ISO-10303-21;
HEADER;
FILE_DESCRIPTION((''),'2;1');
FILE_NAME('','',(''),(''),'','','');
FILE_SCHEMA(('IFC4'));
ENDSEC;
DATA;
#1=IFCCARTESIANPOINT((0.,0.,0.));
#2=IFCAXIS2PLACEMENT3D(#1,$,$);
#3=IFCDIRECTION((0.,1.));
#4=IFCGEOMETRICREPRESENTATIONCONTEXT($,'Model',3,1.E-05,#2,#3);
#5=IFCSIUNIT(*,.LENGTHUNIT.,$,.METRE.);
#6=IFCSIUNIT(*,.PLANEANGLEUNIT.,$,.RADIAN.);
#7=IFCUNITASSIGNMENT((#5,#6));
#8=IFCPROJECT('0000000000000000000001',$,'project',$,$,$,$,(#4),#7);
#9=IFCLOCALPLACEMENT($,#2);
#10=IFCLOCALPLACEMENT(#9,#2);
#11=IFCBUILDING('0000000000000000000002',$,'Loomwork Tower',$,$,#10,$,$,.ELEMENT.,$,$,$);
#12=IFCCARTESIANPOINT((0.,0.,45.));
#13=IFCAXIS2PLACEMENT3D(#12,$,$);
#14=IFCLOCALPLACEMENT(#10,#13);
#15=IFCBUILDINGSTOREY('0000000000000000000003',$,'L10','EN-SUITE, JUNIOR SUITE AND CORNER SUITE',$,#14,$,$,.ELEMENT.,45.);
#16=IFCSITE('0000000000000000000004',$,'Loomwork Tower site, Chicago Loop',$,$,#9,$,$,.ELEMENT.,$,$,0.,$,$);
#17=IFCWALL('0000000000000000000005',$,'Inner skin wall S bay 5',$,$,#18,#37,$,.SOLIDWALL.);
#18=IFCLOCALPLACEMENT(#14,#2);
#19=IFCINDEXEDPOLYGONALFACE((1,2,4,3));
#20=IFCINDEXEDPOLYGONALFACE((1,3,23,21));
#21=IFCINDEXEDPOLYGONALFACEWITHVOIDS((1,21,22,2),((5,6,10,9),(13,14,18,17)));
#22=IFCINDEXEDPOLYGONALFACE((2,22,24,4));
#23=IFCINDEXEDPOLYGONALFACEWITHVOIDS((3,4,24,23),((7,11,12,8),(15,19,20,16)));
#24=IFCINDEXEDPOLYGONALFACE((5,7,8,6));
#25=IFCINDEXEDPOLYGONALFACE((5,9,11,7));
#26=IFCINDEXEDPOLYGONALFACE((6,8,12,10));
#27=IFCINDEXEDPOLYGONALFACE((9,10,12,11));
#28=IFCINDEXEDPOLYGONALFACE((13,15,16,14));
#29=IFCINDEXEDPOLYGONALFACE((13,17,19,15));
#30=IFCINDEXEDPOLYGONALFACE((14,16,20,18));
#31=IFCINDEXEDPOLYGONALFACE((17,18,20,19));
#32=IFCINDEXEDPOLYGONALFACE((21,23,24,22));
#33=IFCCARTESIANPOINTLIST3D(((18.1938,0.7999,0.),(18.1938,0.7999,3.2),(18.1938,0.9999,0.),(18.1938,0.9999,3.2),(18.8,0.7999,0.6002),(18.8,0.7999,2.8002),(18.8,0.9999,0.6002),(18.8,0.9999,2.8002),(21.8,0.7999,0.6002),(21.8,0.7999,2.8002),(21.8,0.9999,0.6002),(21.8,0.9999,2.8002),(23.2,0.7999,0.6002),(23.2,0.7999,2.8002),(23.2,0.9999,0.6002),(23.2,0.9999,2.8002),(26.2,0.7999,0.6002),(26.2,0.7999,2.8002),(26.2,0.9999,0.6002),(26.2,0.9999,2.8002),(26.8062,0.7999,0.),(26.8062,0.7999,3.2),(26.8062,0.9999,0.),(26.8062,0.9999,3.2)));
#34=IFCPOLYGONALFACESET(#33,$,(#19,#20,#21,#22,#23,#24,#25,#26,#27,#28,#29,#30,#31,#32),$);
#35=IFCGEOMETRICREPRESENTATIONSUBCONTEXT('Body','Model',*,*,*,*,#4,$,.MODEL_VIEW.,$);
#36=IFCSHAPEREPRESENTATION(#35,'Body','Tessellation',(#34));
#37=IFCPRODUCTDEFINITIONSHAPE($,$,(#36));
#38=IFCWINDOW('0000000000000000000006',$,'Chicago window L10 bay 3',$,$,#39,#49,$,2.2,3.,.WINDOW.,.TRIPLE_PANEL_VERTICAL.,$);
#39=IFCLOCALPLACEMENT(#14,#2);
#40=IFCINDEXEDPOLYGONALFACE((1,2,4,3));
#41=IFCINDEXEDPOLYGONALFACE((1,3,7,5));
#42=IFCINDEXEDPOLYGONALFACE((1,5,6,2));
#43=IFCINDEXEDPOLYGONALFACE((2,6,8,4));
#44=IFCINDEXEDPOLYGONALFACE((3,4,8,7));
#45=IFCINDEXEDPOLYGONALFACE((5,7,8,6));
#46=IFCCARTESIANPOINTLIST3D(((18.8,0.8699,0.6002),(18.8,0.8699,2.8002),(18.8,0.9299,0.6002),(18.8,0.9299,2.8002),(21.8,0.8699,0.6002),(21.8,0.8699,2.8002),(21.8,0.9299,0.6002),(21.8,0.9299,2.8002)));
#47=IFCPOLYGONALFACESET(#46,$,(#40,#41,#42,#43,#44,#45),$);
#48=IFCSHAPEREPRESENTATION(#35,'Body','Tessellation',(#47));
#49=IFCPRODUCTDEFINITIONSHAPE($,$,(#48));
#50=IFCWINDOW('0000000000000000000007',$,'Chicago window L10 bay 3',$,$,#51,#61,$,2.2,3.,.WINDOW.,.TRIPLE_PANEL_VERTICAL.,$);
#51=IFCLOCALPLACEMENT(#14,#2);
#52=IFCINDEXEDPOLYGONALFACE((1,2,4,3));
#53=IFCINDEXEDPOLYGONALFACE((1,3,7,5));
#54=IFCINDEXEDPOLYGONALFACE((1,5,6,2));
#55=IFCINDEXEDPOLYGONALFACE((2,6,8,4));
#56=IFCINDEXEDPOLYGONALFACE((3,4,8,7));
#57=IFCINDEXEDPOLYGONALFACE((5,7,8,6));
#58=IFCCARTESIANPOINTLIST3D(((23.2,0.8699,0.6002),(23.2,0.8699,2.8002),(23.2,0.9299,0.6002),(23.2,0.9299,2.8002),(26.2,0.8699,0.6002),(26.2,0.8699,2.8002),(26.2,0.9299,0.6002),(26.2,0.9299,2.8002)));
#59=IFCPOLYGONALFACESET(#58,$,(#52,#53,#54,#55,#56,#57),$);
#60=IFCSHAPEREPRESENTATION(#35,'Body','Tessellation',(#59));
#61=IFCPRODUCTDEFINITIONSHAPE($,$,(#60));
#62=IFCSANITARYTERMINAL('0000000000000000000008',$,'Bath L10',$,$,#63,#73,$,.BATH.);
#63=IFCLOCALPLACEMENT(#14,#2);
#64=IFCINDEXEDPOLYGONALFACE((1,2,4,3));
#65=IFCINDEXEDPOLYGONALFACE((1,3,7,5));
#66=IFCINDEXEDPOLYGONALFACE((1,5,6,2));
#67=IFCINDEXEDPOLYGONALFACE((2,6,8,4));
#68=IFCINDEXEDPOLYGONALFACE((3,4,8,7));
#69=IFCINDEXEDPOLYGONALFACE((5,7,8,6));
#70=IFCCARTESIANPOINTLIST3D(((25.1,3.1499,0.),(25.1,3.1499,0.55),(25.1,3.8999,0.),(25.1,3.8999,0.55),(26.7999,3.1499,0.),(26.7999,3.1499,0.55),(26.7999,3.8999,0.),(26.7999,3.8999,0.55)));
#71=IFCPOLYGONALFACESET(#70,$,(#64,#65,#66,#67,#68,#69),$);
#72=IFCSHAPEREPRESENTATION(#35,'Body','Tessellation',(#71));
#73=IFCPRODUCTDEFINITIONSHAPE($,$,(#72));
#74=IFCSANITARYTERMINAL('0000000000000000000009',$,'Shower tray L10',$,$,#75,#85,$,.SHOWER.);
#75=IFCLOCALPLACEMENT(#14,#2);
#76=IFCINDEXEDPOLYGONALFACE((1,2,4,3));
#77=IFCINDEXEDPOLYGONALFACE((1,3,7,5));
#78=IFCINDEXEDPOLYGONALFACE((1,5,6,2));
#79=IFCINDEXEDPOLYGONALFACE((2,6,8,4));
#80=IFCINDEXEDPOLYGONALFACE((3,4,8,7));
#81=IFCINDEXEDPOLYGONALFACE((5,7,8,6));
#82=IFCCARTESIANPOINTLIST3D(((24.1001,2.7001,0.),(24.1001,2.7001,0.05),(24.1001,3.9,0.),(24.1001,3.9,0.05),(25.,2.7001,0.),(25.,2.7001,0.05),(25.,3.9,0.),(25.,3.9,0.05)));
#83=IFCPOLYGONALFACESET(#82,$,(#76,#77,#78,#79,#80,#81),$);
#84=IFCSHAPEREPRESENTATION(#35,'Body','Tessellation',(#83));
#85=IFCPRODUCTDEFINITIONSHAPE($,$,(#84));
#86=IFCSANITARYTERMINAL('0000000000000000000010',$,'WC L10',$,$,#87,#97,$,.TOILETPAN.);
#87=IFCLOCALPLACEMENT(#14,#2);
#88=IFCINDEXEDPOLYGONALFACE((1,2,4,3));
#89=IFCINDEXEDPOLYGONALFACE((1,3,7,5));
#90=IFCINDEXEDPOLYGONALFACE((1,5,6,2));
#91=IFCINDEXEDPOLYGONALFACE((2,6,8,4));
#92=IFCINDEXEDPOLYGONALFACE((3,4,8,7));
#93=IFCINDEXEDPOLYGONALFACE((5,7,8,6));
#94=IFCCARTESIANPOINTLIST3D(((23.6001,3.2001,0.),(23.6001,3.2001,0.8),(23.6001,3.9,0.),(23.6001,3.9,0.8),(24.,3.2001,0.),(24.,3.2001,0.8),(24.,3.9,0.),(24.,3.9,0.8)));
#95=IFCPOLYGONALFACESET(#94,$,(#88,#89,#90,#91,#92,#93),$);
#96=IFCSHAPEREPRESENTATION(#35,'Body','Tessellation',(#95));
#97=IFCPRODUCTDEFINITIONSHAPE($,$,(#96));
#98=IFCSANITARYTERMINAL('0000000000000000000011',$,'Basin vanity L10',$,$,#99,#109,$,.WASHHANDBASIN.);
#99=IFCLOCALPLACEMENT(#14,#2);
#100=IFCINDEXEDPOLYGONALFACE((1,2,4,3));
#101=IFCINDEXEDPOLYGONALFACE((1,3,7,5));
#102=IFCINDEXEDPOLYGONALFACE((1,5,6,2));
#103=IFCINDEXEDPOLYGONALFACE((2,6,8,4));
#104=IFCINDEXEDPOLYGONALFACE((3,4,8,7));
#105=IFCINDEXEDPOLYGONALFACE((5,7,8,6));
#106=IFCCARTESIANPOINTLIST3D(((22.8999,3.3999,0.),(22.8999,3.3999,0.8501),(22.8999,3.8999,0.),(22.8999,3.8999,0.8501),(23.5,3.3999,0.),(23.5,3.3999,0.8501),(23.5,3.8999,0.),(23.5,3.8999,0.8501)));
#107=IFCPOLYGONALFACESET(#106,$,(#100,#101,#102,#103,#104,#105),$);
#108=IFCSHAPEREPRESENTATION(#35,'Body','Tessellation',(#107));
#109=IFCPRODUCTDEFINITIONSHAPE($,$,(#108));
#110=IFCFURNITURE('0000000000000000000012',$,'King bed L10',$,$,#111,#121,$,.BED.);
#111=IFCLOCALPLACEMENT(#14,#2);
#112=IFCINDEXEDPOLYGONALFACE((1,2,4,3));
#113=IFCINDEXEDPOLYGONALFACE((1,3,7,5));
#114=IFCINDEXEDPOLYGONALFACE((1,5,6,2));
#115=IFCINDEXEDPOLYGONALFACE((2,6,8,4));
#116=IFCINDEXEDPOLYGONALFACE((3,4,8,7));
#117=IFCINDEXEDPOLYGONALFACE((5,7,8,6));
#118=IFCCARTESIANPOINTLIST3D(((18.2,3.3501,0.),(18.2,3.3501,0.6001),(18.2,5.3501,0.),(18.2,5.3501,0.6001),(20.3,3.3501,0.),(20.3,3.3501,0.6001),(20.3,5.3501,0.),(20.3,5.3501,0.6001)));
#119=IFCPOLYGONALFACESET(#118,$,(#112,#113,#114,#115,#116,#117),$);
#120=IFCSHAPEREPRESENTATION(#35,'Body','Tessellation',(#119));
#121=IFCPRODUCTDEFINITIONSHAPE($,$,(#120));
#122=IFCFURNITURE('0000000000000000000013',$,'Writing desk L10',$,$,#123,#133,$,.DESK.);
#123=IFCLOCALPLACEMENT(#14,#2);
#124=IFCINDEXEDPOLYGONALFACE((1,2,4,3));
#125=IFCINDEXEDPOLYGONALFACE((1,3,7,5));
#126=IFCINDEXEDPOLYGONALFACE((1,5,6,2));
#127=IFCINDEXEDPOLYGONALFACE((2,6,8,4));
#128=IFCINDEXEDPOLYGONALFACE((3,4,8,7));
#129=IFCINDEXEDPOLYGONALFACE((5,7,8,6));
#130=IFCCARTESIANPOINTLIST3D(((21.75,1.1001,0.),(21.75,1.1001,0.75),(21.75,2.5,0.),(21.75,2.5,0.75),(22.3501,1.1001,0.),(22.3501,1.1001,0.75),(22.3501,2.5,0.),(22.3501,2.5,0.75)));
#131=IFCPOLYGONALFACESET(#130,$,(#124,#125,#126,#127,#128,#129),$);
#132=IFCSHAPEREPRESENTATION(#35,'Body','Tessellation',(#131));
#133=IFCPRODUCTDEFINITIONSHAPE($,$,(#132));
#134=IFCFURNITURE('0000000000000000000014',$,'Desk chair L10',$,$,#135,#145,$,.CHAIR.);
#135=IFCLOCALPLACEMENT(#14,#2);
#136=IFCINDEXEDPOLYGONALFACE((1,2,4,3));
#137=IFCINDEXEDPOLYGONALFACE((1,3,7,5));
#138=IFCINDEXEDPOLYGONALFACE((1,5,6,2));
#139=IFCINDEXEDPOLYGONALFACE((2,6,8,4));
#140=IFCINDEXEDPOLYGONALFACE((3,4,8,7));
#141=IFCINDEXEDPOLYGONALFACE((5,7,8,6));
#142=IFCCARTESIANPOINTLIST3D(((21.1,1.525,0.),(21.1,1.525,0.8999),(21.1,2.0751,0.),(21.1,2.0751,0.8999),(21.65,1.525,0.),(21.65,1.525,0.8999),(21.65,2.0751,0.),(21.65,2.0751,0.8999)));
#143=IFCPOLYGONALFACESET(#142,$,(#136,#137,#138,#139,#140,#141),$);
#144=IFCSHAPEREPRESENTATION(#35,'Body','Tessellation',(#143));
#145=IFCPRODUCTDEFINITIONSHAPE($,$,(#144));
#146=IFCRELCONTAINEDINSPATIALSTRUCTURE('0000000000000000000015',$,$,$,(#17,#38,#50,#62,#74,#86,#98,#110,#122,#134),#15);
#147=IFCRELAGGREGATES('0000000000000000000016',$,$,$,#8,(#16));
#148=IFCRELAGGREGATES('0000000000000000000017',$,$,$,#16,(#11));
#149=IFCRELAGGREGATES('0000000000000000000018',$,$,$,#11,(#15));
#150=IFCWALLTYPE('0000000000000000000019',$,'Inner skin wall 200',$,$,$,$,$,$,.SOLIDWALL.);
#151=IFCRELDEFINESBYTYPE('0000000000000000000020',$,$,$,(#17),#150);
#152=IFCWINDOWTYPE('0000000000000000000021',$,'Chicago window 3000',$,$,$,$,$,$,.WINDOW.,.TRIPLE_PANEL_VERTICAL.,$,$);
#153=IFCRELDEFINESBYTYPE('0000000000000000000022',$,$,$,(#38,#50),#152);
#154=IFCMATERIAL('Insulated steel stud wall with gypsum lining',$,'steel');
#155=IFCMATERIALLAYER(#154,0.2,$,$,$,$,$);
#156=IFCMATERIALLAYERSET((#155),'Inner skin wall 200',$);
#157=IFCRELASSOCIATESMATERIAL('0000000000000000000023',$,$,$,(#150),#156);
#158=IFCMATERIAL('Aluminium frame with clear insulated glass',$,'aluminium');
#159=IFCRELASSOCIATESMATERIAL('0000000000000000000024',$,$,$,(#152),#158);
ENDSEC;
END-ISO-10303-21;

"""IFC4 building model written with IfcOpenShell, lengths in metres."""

from ifc_helpers import new_model, si_unit, direction, frame, frame_2d, origin, origin_2d, place, context, subcontext, project, spatial, rectangle, extrude, material, layer, layer_set, type_object, element, fill, save


model = new_model("IFC4")

# Units and contexts
model_context = context("Model", 3, precision=1e-05, world=origin(), true_north=direction((0.0, 1.0)))
body_context = subcontext(model_context, "Body", "Model", "MODEL_VIEW")
ifc_project = project(units=[si_unit("LENGTHUNIT", "METRE"), si_unit("PLANEANGLEUNIT", "RADIAN")], contexts=[model_context])

# Site, building, storey
site_placement = place(None, origin())
site = spatial("IfcSite", under=ifc_project, at=site_placement, Name="Loomwork Tower site, Chicago Loop", CompositionType="ELEMENT", RefElevation=0.0)
building_placement = place(site_placement, origin())
building = spatial("IfcBuilding", under=site, at=building_placement, Name="Loomwork Tower", CompositionType="ELEMENT")
storey_placement = place(building_placement, frame((0.0, 0.0, 45.0)))
storey = spatial("IfcBuildingStorey", under=building, at=storey_placement, Name="L10", Description="EN-SUITE, JUNIOR SUITE AND CORNER SUITE", CompositionType="ELEMENT", Elevation=45.0)

# Wall, openings, windows
ifc_material_1 = material(Name="Insulated steel stud wall with gypsum lining", Category="steel")
ifc_layer_1 = layer(ifc_material_1, 0.2)
ifc_layer_set_1 = layer_set([ifc_layer_1], Name="Inner skin wall 200")
wall_type_1 = type_object("IfcWallType", Name="Inner skin wall 200", PredefinedType="SOLIDWALL", material=ifc_layer_set_1)
wall_1_placement = place(storey_placement, frame((18.1938, 0.8999, 0.0), z_axis=(0.0, 0.0, 1.0), x_axis=(1.0, 0.0, 0.0)))
wall_1 = element("IfcWall", 1, at=wall_1_placement, inside=storey, type_object=wall_type_1, Name="Inner skin wall S bay 5", PredefinedType="SOLIDWALL", context=body_context, shape_type="SweptSolid", body=[
    extrude(rectangle(XDim=8.6123, YDim=0.2, at=frame_2d((4.3062, 0.0))), origin(), (0.0, 0.0, 1.0), 3.2),
])
opening_1_placement = place(wall_1_placement, frame((0.6062, 0.0, 0.6001)))
opening_1 = element("IfcOpeningElement", 2, at=opening_1_placement, cuts=wall_1, PredefinedType="OPENING", context=body_context, shape_type="SweptSolid", body=[
    extrude(rectangle(XDim=3.0, YDim=2.2, at=frame_2d((1.5, 1.1001))), frame((0.0, 0.1099, 0.0), z_axis=(0.0, -1.0, 0.0), x_axis=(1.0, 0.0, 0.0)), (0.0, 0.0, 1.0), 0.22),
])
opening_2_placement = place(wall_1_placement, frame((5.0061, 0.0, 0.6001)))
opening_2 = element("IfcOpeningElement", 3, at=opening_2_placement, cuts=wall_1, PredefinedType="OPENING", context=body_context, shape_type="SweptSolid", body=[
    extrude(rectangle(XDim=3.0, YDim=2.2, at=frame_2d((1.5, 1.1001))), frame((0.0, 0.1099, 0.0), z_axis=(0.0, -1.0, 0.0), x_axis=(1.0, 0.0, 0.0)), (0.0, 0.0, 1.0), 0.22),
])
ifc_material_2 = material(Name="Aluminium frame with clear insulated glass", Category="aluminium")
window_type = type_object("IfcWindowType", Name="Chicago window 3000", PartitioningType="TRIPLE_PANEL_VERTICAL", PredefinedType="WINDOW", material=ifc_material_2)
window_1_placement = place(opening_1_placement, origin())
window_1 = element("IfcWindow", 4, at=window_1_placement, inside=storey, type_object=window_type, Name="Chicago window L10 bay 3", OverallHeight=2.2, OverallWidth=3.0, PartitioningType="TRIPLE_PANEL_VERTICAL", PredefinedType="WINDOW", context=body_context, shape_type="SweptSolid", body=[
    extrude(rectangle(XDim=3.0, YDim=2.2, at=frame_2d((1.5, 1.1001))), frame((0.0, 0.03, 0.0), z_axis=(0.0, -1.0, 0.0), x_axis=(1.0, 0.0, 0.0)), (0.0, 0.0, 1.0), 0.0601),
])
fill(opening_1, window_1)
window_2_placement = place(opening_2_placement, origin())
window_2 = element("IfcWindow", 5, at=window_2_placement, inside=storey, type_object=window_type, Name="Chicago window L10 bay 3", OverallHeight=2.2, OverallWidth=3.0, PartitioningType="TRIPLE_PANEL_VERTICAL", PredefinedType="WINDOW", context=body_context, shape_type="SweptSolid", body=[
    extrude(rectangle(XDim=3.0, YDim=2.2, at=frame_2d((1.5, 1.1001))), frame((0.0, 0.03, 0.0), z_axis=(0.0, -1.0, 0.0), x_axis=(1.0, 0.0, 0.0)), (0.0, 0.0, 1.0), 0.0601),
])
fill(opening_2, window_2)

# Sanitary terminals
sanitary_terminal_1_placement = place(storey_placement, frame((25.95, 3.5249, 0.0), z_axis=(0.0, 0.0, 1.0), x_axis=(1.0, 0.0, 0.0)))
element("IfcSanitaryTerminal", 6, at=sanitary_terminal_1_placement, inside=storey, Name="Bath L10", PredefinedType="BATH", context=body_context, shape_type="SweptSolid", body=[
    extrude(rectangle(XDim=1.7, YDim=0.75, at=origin_2d()), origin(), (0.0, 0.0, 1.0), 0.55),
])
sanitary_terminal_2_placement = place(storey_placement, frame((24.55, 3.3, 0.0), z_axis=(0.0, 0.0, 1.0), x_axis=(1.0, 0.0, 0.0)))
element("IfcSanitaryTerminal", 7, at=sanitary_terminal_2_placement, inside=storey, Name="Shower tray L10", PredefinedType="SHOWER", context=body_context, shape_type="SweptSolid", body=[
    extrude(rectangle(XDim=0.8999, YDim=1.2, at=origin_2d()), origin(), (0.0, 0.0, 1.0), 0.05),
])
sanitary_terminal_3_placement = place(storey_placement, frame((23.8, 3.55, 0.0), z_axis=(0.0, 0.0, 1.0), x_axis=(1.0, 0.0, 0.0)))
element("IfcSanitaryTerminal", 8, at=sanitary_terminal_3_placement, inside=storey, Name="WC L10", PredefinedType="TOILETPAN", context=body_context, shape_type="SweptSolid", body=[
    extrude(rectangle(XDim=0.3999, YDim=0.7, at=origin_2d()), origin(), (0.0, 0.0, 1.0), 0.8),
])
sanitary_terminal_4_placement = place(storey_placement, frame((23.2, 3.6499, 0.0), z_axis=(0.0, 0.0, 1.0), x_axis=(1.0, 0.0, 0.0)))
element("IfcSanitaryTerminal", 9, at=sanitary_terminal_4_placement, inside=storey, Name="Basin vanity L10", PredefinedType="WASHHANDBASIN", context=body_context, shape_type="SweptSolid", body=[
    extrude(rectangle(XDim=0.6001, YDim=0.5, at=origin_2d()), origin(), (0.0, 0.0, 1.0), 0.8501),
])

# Furniture
furniture_1_placement = place(storey_placement, frame((19.25, 4.3501, 0.0), z_axis=(0.0, 0.0, 1.0), x_axis=(1.0, 0.0, 0.0)))
element("IfcFurniture", 10, at=furniture_1_placement, inside=storey, Name="King bed L10", PredefinedType="BED", context=body_context, shape_type="SweptSolid", body=[
    extrude(rectangle(XDim=2.1001, YDim=2.0, at=origin_2d()), origin(), (0.0, 0.0, 1.0), 0.6001),
])
furniture_2_placement = place(storey_placement, frame((22.05, 1.8, 0.0), z_axis=(0.0, 0.0, 1.0), x_axis=(1.0, 0.0, 0.0)))
element("IfcFurniture", 11, at=furniture_2_placement, inside=storey, Name="Writing desk L10", PredefinedType="DESK", context=body_context, shape_type="SweptSolid", body=[
    extrude(rectangle(XDim=0.6001, YDim=1.3999, at=origin_2d()), origin(), (0.0, 0.0, 1.0), 0.75),
])
furniture_3_placement = place(storey_placement, frame((21.375, 1.8, 0.0), z_axis=(0.0, 0.0, 1.0), x_axis=(1.0, 0.0, 0.0)))
element("IfcFurniture", 12, at=furniture_3_placement, inside=storey, Name="Desk chair L10", PredefinedType="CHAIR", context=body_context, shape_type="SweptSolid", body=[
    extrude(rectangle(XDim=0.55, YDim=0.55, at=origin_2d()), origin(), (0.0, 0.0, 1.0), 0.8999),
])

save(model, "model.ifc")
